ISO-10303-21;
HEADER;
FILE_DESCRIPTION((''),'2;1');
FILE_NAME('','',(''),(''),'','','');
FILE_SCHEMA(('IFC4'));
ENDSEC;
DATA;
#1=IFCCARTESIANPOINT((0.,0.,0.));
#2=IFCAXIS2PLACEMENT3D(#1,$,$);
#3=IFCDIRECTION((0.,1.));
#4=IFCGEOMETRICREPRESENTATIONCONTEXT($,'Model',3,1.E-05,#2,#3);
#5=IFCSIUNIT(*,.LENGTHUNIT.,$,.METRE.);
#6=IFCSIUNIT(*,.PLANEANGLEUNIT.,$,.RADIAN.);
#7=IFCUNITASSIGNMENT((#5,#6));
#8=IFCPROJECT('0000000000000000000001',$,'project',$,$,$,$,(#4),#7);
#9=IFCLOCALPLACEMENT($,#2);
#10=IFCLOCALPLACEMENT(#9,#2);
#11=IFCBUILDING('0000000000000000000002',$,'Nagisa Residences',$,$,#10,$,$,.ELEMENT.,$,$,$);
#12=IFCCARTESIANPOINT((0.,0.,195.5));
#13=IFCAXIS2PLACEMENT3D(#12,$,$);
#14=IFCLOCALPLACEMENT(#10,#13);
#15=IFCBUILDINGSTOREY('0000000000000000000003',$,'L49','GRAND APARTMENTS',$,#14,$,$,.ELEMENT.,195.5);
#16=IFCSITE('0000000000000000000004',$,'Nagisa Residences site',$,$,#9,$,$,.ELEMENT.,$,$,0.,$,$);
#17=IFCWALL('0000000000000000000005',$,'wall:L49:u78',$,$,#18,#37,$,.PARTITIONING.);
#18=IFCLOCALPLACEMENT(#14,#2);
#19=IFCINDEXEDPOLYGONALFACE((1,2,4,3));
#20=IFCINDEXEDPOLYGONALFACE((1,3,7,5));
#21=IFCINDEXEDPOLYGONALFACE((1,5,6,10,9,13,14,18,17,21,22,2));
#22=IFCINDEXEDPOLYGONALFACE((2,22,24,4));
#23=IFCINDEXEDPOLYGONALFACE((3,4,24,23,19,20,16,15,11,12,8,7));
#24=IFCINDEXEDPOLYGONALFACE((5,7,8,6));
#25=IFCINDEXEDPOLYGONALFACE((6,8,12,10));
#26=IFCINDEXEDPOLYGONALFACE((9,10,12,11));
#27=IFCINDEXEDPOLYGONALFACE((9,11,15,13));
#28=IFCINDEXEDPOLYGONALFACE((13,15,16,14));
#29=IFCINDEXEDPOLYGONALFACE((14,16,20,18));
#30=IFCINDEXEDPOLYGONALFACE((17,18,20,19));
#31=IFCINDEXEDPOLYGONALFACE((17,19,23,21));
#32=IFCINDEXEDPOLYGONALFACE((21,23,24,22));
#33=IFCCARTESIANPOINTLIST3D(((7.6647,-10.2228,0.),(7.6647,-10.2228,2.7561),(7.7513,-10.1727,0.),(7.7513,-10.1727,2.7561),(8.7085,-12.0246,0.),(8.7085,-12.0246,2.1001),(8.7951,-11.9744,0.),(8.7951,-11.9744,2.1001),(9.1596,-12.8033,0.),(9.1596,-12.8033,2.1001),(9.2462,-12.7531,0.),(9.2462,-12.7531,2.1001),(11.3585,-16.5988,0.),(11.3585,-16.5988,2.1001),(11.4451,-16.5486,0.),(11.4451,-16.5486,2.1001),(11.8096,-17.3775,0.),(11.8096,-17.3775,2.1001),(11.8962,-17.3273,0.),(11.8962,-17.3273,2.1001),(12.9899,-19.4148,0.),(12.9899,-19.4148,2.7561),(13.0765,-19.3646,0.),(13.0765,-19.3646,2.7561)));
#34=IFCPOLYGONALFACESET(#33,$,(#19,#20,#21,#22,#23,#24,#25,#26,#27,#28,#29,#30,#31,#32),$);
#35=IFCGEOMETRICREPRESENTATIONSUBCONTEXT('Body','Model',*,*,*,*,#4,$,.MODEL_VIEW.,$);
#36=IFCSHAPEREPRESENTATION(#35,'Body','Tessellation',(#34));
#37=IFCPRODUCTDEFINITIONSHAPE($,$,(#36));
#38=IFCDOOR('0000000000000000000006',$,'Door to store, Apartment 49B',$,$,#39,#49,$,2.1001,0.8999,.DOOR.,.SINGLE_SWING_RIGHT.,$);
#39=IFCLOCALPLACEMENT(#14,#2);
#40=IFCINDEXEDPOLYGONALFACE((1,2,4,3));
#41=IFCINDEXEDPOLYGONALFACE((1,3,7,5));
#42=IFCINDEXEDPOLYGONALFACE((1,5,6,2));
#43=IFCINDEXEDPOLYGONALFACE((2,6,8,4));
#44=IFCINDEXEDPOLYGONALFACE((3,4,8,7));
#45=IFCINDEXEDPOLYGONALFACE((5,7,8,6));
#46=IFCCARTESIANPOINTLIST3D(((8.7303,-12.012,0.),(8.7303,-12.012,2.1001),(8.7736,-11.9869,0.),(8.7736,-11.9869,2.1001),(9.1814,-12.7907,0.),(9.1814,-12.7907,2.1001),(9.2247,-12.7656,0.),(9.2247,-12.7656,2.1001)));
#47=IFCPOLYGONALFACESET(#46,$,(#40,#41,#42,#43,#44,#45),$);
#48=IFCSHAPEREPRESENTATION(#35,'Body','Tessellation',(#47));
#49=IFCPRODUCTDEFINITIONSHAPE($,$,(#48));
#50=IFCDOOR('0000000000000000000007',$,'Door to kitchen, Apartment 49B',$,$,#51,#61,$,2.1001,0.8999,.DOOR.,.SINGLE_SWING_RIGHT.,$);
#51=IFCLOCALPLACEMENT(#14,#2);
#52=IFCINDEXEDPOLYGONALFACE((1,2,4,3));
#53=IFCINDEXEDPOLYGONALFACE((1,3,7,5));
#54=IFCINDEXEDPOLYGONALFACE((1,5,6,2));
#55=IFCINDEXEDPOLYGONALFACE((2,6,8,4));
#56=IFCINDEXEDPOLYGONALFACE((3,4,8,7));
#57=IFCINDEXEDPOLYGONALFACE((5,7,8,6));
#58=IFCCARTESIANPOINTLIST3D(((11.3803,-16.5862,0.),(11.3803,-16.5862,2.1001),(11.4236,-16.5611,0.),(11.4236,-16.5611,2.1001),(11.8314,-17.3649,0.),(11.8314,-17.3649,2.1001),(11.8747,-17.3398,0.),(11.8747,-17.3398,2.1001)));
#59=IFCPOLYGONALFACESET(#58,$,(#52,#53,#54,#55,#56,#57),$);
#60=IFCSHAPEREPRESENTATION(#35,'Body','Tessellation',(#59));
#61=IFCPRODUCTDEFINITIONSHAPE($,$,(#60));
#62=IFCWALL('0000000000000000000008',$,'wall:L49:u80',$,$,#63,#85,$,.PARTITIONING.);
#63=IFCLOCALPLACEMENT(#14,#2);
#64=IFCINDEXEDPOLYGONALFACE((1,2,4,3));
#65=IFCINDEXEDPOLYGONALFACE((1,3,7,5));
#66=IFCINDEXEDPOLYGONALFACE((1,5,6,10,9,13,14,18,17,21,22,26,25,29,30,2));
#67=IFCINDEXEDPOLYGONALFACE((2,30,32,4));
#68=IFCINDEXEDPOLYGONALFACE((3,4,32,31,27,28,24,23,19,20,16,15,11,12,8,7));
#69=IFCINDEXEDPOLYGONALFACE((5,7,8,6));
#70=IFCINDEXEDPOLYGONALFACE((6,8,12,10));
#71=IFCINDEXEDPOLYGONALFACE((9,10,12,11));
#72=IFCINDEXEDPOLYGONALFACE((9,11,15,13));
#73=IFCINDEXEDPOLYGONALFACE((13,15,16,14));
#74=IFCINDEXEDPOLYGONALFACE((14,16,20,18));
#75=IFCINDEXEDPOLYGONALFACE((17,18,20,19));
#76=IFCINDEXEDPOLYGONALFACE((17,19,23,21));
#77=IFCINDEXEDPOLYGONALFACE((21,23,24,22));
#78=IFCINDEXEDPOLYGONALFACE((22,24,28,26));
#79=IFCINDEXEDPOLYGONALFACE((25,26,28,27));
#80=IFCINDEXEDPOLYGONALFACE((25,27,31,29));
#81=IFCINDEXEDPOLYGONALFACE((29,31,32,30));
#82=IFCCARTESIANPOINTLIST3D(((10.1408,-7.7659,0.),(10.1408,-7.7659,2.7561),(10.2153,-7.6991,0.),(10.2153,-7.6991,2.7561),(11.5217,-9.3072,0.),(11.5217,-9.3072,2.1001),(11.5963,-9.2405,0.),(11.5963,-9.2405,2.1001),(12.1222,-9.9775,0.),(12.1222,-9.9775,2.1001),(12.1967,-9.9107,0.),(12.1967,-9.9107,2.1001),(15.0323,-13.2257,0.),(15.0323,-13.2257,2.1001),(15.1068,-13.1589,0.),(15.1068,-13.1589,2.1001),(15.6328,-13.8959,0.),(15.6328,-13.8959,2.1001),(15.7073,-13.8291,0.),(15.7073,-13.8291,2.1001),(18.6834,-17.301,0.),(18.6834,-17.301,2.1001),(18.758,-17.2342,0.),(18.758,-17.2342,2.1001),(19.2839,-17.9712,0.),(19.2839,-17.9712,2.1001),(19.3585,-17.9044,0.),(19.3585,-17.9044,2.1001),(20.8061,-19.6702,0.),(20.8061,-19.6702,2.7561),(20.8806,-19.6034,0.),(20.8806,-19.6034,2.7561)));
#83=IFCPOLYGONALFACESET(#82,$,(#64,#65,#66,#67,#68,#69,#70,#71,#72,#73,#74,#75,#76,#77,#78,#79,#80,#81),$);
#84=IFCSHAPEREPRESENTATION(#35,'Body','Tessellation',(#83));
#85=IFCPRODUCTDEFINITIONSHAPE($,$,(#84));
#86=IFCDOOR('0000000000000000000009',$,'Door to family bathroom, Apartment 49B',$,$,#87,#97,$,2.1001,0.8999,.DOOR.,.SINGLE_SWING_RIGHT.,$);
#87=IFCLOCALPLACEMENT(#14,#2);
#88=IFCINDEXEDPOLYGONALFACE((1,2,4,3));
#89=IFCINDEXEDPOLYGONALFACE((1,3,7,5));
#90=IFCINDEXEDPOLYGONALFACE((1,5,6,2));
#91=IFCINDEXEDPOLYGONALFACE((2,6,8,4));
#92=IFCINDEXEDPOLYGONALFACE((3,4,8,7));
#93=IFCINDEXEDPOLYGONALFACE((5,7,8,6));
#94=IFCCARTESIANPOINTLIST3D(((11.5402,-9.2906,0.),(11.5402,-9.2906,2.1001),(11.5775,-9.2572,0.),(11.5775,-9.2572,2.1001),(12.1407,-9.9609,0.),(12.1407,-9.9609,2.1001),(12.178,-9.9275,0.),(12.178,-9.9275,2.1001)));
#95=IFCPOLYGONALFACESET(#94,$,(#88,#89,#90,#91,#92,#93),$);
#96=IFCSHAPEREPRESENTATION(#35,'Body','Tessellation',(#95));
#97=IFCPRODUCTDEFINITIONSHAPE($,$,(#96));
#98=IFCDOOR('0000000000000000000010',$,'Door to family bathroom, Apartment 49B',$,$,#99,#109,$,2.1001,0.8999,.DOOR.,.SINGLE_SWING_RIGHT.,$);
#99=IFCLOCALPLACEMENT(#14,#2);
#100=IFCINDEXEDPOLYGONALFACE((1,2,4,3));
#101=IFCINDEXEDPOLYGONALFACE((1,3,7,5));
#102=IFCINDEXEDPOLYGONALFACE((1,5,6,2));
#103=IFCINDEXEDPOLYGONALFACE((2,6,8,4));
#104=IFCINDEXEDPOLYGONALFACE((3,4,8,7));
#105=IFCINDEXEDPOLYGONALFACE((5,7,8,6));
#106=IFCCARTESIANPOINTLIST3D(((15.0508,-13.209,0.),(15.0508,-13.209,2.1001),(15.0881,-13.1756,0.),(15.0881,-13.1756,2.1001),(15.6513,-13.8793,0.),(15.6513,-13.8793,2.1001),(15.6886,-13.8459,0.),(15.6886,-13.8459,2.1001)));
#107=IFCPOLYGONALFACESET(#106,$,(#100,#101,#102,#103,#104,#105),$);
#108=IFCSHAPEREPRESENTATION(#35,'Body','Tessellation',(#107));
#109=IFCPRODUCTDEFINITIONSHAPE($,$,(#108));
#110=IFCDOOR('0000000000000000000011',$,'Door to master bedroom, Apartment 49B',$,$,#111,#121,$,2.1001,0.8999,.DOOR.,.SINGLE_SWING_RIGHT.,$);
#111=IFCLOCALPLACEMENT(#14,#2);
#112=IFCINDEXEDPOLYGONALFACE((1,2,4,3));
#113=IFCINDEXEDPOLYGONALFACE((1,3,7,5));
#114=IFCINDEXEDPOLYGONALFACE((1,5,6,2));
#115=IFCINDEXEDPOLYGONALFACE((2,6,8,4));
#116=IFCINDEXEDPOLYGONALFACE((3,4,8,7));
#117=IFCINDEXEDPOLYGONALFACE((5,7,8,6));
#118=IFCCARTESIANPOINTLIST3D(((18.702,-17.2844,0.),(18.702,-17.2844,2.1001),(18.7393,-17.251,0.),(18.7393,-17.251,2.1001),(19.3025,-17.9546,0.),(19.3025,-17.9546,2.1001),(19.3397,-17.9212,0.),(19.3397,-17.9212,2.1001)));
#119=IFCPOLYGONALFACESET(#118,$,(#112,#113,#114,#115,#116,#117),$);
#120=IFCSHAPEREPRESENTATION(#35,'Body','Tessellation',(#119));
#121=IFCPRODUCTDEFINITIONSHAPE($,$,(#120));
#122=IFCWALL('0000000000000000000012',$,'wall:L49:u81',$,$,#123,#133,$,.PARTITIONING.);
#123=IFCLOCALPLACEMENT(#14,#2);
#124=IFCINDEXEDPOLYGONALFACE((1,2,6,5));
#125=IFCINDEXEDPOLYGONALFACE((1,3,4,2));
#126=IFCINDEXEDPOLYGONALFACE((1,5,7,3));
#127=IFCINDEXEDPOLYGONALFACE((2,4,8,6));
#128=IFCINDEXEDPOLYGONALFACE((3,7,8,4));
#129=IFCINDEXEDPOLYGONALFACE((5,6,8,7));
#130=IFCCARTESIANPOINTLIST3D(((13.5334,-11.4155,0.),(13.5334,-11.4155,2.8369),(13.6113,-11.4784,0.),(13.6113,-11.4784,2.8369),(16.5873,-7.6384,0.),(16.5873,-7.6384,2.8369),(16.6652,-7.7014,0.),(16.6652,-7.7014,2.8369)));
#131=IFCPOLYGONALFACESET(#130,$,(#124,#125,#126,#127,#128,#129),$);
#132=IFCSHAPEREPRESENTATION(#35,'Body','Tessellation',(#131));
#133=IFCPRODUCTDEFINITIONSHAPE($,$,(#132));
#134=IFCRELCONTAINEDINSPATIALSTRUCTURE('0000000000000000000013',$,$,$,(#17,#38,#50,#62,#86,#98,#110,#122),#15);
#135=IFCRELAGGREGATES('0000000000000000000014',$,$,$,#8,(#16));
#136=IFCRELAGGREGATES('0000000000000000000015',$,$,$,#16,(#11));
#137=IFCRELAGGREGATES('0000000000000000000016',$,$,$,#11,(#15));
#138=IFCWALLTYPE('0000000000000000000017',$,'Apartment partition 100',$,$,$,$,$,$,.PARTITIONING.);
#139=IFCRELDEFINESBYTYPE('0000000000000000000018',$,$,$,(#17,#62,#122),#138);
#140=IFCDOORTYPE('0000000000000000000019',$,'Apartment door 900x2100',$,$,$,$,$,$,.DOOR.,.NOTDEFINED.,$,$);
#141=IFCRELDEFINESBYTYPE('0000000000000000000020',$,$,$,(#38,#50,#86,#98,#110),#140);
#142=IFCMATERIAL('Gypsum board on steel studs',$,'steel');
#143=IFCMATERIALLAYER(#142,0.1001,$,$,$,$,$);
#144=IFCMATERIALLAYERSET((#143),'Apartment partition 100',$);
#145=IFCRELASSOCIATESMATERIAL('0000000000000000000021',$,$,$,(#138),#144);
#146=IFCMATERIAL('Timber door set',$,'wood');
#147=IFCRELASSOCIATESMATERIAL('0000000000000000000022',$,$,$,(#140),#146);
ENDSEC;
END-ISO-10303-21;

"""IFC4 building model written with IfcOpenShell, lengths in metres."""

from ifc_helpers import new_model, si_unit, direction, frame, frame_2d, origin, place, context, subcontext, project, spatial, rectangle, extrude, material, layer, layer_set, type_object, element, fill, save


model = new_model("IFC4")

# Units and contexts
model_context = context("Model", 3, precision=1e-05, world=origin(), true_north=direction((0.0, 1.0)))
body_context = subcontext(model_context, "Body", "Model", "MODEL_VIEW")
ifc_project = project(units=[si_unit("LENGTHUNIT", "METRE"), si_unit("PLANEANGLEUNIT", "RADIAN")], contexts=[model_context])

# Site, building, storey
site_placement = place(None, origin())
site = spatial("IfcSite", under=ifc_project, at=site_placement, Name="Nagisa Residences site", CompositionType="ELEMENT", RefElevation=0.0)
building_placement = place(site_placement, origin())
building = spatial("IfcBuilding", under=site, at=building_placement, Name="Nagisa Residences", CompositionType="ELEMENT")
storey_placement = place(building_placement, frame((0.0, 0.0, 195.5)))
storey = spatial("IfcBuildingStorey", under=building, at=storey_placement, Name="L49", Description="GRAND APARTMENTS", CompositionType="ELEMENT", Elevation=195.5)

# Walls, openings, doors
ifc_material_1 = material(Name="Gypsum board on steel studs", Category="steel")
ifc_layer_1 = layer(ifc_material_1, 0.1001)
ifc_layer_set_1 = layer_set([ifc_layer_1], Name="Apartment partition 100")
wall_type_1 = type_object("IfcWallType", Name="Apartment partition 100", PredefinedType="PARTITIONING", material=ifc_layer_set_1)
wall_1_placement = place(storey_placement, frame((7.708, -10.1978, 0.0), z_axis=(0.0, 0.0, 1.0), x_axis=(0.501288, -0.86528, 0.0)))
wall_1 = element("IfcWall", 1, at=wall_1_placement, inside=storey, type_object=wall_type_1, Name="wall:L49:u78", PredefinedType="PARTITIONING", context=body_context, shape_type="SweptSolid", body=[
    extrude(rectangle(XDim=10.623, YDim=0.1001, at=frame_2d((5.3115, 0.0))), origin(), (0.0, 0.0, 1.0), 2.7561),
])
opening_1_placement = place(wall_1_placement, frame((2.0823, 0.0, 0.0)))
opening_1 = element("IfcOpeningElement", 2, at=opening_1_placement, cuts=wall_1, PredefinedType="OPENING", context=body_context, shape_type="SweptSolid", body=[
    extrude(rectangle(XDim=0.8999, YDim=2.1001, at=frame_2d((0.45, 1.05))), frame((0.0, 0.0601, 0.0), z_axis=(0.0, -1.0, 0.0), x_axis=(1.0, 0.0, 0.0)), (0.0, 0.0, 1.0), 0.1201),
])
opening_2_placement = place(wall_1_placement, frame((7.3687, 0.0, 0.0)))
opening_2 = element("IfcOpeningElement", 3, at=opening_2_placement, cuts=wall_1, PredefinedType="OPENING", context=body_context, shape_type="SweptSolid", body=[
    extrude(rectangle(XDim=0.8999, YDim=2.1001, at=frame_2d((0.45, 1.05))), frame((0.0, 0.0601, 0.0), z_axis=(0.0, -1.0, 0.0), x_axis=(1.0, 0.0, 0.0)), (0.0, 0.0, 1.0), 0.1201),
])
ifc_material_2 = material(Name="Timber door set", Category="wood")
door_type_1 = type_object("IfcDoorType", Name="Apartment door 900x2100", OperationType="NOTDEFINED", PredefinedType="DOOR", material=ifc_material_2)
door_1_placement = place(opening_1_placement, frame((0.8999, 0.0, 0.0), x_axis=(-1.0, 0.0, 0.0)))
door_1 = element("IfcDoor", 4, at=door_1_placement, inside=storey, type_object=door_type_1, Name="Door to store, Apartment 49B", OperationType="SINGLE_SWING_RIGHT", OverallHeight=2.1001, OverallWidth=0.8999, PredefinedType="DOOR", context=body_context, shape_type="SweptSolid", body=[
    extrude(rectangle(XDim=0.8999, YDim=2.1001, at=frame_2d((0.45, 1.05))), frame((0.0, 0.0249, 0.0), z_axis=(0.0, -1.0, 0.0), x_axis=(1.0, 0.0, 0.0)), (0.0, 0.0, 1.0), 0.05),
])
fill(opening_1, door_1)
door_2_placement = place(opening_2_placement, frame((0.8999, 0.0, 0.0), x_axis=(-1.0, 0.0, 0.0)))
door_2 = element("IfcDoor", 5, at=door_2_placement, inside=storey, type_object=door_type_1, Name="Door to kitchen, Apartment 49B", OperationType="SINGLE_SWING_RIGHT", OverallHeight=2.1001, OverallWidth=0.8999, PredefinedType="DOOR", context=body_context, shape_type="SweptSolid", body=[
    extrude(rectangle(XDim=0.8999, YDim=2.1001, at=frame_2d((0.45, 1.05))), frame((0.0, 0.0249, 0.0), z_axis=(0.0, -1.0, 0.0), x_axis=(1.0, 0.0, 0.0)), (0.0, 0.0, 1.0), 0.05),
])
fill(opening_2, door_2)
wall_2_placement = place(storey_placement, frame((10.178, -7.7324, 0.0), z_axis=(0.0, 0.0, 1.0), x_axis=(0.667284, -0.744804, 0.0)))
wall_2 = element("IfcWall", 6, at=wall_2_placement, inside=storey, type_object=wall_type_1, Name="wall:L49:u80", PredefinedType="PARTITIONING", context=body_context, shape_type="SweptSolid", body=[
    extrude(rectangle(XDim=15.9832, YDim=0.1001, at=frame_2d((7.9917, 0.0))), origin(), (0.0, 0.0, 1.0), 2.7561),
])
opening_3_placement = place(wall_2_placement, frame((2.0696, 0.0, 0.0)))
opening_3 = element("IfcOpeningElement", 7, at=opening_3_placement, cuts=wall_2, PredefinedType="OPENING", context=body_context, shape_type="SweptSolid", body=[
    extrude(rectangle(XDim=0.8999, YDim=2.1001, at=frame_2d((0.45, 1.05))), frame((0.0, 0.0601, 0.0), z_axis=(0.0, -1.0, 0.0), x_axis=(1.0, 0.0, 0.0)), (0.0, 0.0, 1.0), 0.1201),
])
opening_4_placement = place(wall_2_placement, frame((7.3306, 0.0, 0.0)))
opening_4 = element("IfcOpeningElement", 8, at=opening_4_placement, cuts=wall_2, PredefinedType="OPENING", context=body_context, shape_type="SweptSolid", body=[
    extrude(rectangle(XDim=0.8999, YDim=2.1001, at=frame_2d((0.45, 1.05))), frame((0.0, 0.0601, 0.0), z_axis=(0.0, -1.0, 0.0), x_axis=(1.0, 0.0, 0.0)), (0.0, 0.0, 1.0), 0.1201),
])
opening_5_placement = place(wall_2_placement, frame((12.8022, 0.0, 0.0)))
opening_5 = element("IfcOpeningElement", 9, at=opening_5_placement, cuts=wall_2, PredefinedType="OPENING", context=body_context, shape_type="SweptSolid", body=[
    extrude(rectangle(XDim=0.8999, YDim=2.1001, at=frame_2d((0.45, 1.05))), frame((0.0, 0.0601, 0.0), z_axis=(0.0, -1.0, 0.0), x_axis=(1.0, 0.0, 0.0)), (0.0, 0.0, 1.0), 0.1201),
])
door_3_placement = place(opening_3_placement, origin())
door_3 = element("IfcDoor", 10, at=door_3_placement, inside=storey, type_object=door_type_1, Name="Door to family bathroom, Apartment 49B", OperationType="SINGLE_SWING_RIGHT", OverallHeight=2.1001, OverallWidth=0.8999, PredefinedType="DOOR", context=body_context, shape_type="SweptSolid", body=[
    extrude(rectangle(XDim=0.8999, YDim=2.1001, at=frame_2d((0.45, 1.05))), frame((0.0, 0.0249, 0.0), z_axis=(0.0, -1.0, 0.0), x_axis=(1.0, 0.0, 0.0)), (0.0, 0.0, 1.0), 0.05),
])
fill(opening_3, door_3)
door_4_placement = place(opening_4_placement, origin())
door_4 = element("IfcDoor", 11, at=door_4_placement, inside=storey, type_object=door_type_1, Name="Door to family bathroom, Apartment 49B", OperationType="SINGLE_SWING_RIGHT", OverallHeight=2.1001, OverallWidth=0.8999, PredefinedType="DOOR", context=body_context, shape_type="SweptSolid", body=[
    extrude(rectangle(XDim=0.8999, YDim=2.1001, at=frame_2d((0.45, 1.05))), frame((0.0, 0.0249, 0.0), z_axis=(0.0, -1.0, 0.0), x_axis=(1.0, 0.0, 0.0)), (0.0, 0.0, 1.0), 0.05),
])
fill(opening_4, door_4)
door_5_placement = place(opening_5_placement, origin())
door_5 = element("IfcDoor", 12, at=door_5_placement, inside=storey, type_object=door_type_1, Name="Door to master bedroom, Apartment 49B", OperationType="SINGLE_SWING_RIGHT", OverallHeight=2.1001, OverallWidth=0.8999, PredefinedType="DOOR", context=body_context, shape_type="SweptSolid", body=[
    extrude(rectangle(XDim=0.8999, YDim=2.1001, at=frame_2d((0.45, 1.05))), frame((0.0, 0.0249, 0.0), z_axis=(0.0, -1.0, 0.0), x_axis=(1.0, 0.0, 0.0)), (0.0, 0.0, 1.0), 0.05),
])
fill(opening_5, door_5)

# Wall
wall_3_placement = place(storey_placement, frame((13.5723, -11.447, 0.0), z_axis=(0.0, 0.0, 1.0), x_axis=(0.628738, 0.777617, 0.0)))
element("IfcWall", 13, at=wall_3_placement, inside=storey, type_object=wall_type_1, Name="wall:L49:u81", PredefinedType="PARTITIONING", context=body_context, shape_type="SweptSolid", body=[
    extrude(rectangle(XDim=4.8572, YDim=0.1001, at=frame_2d((2.4287, 0.0))), origin(), (0.0, 0.0, 1.0), 2.8369),
])

save(model, "model.ifc")
